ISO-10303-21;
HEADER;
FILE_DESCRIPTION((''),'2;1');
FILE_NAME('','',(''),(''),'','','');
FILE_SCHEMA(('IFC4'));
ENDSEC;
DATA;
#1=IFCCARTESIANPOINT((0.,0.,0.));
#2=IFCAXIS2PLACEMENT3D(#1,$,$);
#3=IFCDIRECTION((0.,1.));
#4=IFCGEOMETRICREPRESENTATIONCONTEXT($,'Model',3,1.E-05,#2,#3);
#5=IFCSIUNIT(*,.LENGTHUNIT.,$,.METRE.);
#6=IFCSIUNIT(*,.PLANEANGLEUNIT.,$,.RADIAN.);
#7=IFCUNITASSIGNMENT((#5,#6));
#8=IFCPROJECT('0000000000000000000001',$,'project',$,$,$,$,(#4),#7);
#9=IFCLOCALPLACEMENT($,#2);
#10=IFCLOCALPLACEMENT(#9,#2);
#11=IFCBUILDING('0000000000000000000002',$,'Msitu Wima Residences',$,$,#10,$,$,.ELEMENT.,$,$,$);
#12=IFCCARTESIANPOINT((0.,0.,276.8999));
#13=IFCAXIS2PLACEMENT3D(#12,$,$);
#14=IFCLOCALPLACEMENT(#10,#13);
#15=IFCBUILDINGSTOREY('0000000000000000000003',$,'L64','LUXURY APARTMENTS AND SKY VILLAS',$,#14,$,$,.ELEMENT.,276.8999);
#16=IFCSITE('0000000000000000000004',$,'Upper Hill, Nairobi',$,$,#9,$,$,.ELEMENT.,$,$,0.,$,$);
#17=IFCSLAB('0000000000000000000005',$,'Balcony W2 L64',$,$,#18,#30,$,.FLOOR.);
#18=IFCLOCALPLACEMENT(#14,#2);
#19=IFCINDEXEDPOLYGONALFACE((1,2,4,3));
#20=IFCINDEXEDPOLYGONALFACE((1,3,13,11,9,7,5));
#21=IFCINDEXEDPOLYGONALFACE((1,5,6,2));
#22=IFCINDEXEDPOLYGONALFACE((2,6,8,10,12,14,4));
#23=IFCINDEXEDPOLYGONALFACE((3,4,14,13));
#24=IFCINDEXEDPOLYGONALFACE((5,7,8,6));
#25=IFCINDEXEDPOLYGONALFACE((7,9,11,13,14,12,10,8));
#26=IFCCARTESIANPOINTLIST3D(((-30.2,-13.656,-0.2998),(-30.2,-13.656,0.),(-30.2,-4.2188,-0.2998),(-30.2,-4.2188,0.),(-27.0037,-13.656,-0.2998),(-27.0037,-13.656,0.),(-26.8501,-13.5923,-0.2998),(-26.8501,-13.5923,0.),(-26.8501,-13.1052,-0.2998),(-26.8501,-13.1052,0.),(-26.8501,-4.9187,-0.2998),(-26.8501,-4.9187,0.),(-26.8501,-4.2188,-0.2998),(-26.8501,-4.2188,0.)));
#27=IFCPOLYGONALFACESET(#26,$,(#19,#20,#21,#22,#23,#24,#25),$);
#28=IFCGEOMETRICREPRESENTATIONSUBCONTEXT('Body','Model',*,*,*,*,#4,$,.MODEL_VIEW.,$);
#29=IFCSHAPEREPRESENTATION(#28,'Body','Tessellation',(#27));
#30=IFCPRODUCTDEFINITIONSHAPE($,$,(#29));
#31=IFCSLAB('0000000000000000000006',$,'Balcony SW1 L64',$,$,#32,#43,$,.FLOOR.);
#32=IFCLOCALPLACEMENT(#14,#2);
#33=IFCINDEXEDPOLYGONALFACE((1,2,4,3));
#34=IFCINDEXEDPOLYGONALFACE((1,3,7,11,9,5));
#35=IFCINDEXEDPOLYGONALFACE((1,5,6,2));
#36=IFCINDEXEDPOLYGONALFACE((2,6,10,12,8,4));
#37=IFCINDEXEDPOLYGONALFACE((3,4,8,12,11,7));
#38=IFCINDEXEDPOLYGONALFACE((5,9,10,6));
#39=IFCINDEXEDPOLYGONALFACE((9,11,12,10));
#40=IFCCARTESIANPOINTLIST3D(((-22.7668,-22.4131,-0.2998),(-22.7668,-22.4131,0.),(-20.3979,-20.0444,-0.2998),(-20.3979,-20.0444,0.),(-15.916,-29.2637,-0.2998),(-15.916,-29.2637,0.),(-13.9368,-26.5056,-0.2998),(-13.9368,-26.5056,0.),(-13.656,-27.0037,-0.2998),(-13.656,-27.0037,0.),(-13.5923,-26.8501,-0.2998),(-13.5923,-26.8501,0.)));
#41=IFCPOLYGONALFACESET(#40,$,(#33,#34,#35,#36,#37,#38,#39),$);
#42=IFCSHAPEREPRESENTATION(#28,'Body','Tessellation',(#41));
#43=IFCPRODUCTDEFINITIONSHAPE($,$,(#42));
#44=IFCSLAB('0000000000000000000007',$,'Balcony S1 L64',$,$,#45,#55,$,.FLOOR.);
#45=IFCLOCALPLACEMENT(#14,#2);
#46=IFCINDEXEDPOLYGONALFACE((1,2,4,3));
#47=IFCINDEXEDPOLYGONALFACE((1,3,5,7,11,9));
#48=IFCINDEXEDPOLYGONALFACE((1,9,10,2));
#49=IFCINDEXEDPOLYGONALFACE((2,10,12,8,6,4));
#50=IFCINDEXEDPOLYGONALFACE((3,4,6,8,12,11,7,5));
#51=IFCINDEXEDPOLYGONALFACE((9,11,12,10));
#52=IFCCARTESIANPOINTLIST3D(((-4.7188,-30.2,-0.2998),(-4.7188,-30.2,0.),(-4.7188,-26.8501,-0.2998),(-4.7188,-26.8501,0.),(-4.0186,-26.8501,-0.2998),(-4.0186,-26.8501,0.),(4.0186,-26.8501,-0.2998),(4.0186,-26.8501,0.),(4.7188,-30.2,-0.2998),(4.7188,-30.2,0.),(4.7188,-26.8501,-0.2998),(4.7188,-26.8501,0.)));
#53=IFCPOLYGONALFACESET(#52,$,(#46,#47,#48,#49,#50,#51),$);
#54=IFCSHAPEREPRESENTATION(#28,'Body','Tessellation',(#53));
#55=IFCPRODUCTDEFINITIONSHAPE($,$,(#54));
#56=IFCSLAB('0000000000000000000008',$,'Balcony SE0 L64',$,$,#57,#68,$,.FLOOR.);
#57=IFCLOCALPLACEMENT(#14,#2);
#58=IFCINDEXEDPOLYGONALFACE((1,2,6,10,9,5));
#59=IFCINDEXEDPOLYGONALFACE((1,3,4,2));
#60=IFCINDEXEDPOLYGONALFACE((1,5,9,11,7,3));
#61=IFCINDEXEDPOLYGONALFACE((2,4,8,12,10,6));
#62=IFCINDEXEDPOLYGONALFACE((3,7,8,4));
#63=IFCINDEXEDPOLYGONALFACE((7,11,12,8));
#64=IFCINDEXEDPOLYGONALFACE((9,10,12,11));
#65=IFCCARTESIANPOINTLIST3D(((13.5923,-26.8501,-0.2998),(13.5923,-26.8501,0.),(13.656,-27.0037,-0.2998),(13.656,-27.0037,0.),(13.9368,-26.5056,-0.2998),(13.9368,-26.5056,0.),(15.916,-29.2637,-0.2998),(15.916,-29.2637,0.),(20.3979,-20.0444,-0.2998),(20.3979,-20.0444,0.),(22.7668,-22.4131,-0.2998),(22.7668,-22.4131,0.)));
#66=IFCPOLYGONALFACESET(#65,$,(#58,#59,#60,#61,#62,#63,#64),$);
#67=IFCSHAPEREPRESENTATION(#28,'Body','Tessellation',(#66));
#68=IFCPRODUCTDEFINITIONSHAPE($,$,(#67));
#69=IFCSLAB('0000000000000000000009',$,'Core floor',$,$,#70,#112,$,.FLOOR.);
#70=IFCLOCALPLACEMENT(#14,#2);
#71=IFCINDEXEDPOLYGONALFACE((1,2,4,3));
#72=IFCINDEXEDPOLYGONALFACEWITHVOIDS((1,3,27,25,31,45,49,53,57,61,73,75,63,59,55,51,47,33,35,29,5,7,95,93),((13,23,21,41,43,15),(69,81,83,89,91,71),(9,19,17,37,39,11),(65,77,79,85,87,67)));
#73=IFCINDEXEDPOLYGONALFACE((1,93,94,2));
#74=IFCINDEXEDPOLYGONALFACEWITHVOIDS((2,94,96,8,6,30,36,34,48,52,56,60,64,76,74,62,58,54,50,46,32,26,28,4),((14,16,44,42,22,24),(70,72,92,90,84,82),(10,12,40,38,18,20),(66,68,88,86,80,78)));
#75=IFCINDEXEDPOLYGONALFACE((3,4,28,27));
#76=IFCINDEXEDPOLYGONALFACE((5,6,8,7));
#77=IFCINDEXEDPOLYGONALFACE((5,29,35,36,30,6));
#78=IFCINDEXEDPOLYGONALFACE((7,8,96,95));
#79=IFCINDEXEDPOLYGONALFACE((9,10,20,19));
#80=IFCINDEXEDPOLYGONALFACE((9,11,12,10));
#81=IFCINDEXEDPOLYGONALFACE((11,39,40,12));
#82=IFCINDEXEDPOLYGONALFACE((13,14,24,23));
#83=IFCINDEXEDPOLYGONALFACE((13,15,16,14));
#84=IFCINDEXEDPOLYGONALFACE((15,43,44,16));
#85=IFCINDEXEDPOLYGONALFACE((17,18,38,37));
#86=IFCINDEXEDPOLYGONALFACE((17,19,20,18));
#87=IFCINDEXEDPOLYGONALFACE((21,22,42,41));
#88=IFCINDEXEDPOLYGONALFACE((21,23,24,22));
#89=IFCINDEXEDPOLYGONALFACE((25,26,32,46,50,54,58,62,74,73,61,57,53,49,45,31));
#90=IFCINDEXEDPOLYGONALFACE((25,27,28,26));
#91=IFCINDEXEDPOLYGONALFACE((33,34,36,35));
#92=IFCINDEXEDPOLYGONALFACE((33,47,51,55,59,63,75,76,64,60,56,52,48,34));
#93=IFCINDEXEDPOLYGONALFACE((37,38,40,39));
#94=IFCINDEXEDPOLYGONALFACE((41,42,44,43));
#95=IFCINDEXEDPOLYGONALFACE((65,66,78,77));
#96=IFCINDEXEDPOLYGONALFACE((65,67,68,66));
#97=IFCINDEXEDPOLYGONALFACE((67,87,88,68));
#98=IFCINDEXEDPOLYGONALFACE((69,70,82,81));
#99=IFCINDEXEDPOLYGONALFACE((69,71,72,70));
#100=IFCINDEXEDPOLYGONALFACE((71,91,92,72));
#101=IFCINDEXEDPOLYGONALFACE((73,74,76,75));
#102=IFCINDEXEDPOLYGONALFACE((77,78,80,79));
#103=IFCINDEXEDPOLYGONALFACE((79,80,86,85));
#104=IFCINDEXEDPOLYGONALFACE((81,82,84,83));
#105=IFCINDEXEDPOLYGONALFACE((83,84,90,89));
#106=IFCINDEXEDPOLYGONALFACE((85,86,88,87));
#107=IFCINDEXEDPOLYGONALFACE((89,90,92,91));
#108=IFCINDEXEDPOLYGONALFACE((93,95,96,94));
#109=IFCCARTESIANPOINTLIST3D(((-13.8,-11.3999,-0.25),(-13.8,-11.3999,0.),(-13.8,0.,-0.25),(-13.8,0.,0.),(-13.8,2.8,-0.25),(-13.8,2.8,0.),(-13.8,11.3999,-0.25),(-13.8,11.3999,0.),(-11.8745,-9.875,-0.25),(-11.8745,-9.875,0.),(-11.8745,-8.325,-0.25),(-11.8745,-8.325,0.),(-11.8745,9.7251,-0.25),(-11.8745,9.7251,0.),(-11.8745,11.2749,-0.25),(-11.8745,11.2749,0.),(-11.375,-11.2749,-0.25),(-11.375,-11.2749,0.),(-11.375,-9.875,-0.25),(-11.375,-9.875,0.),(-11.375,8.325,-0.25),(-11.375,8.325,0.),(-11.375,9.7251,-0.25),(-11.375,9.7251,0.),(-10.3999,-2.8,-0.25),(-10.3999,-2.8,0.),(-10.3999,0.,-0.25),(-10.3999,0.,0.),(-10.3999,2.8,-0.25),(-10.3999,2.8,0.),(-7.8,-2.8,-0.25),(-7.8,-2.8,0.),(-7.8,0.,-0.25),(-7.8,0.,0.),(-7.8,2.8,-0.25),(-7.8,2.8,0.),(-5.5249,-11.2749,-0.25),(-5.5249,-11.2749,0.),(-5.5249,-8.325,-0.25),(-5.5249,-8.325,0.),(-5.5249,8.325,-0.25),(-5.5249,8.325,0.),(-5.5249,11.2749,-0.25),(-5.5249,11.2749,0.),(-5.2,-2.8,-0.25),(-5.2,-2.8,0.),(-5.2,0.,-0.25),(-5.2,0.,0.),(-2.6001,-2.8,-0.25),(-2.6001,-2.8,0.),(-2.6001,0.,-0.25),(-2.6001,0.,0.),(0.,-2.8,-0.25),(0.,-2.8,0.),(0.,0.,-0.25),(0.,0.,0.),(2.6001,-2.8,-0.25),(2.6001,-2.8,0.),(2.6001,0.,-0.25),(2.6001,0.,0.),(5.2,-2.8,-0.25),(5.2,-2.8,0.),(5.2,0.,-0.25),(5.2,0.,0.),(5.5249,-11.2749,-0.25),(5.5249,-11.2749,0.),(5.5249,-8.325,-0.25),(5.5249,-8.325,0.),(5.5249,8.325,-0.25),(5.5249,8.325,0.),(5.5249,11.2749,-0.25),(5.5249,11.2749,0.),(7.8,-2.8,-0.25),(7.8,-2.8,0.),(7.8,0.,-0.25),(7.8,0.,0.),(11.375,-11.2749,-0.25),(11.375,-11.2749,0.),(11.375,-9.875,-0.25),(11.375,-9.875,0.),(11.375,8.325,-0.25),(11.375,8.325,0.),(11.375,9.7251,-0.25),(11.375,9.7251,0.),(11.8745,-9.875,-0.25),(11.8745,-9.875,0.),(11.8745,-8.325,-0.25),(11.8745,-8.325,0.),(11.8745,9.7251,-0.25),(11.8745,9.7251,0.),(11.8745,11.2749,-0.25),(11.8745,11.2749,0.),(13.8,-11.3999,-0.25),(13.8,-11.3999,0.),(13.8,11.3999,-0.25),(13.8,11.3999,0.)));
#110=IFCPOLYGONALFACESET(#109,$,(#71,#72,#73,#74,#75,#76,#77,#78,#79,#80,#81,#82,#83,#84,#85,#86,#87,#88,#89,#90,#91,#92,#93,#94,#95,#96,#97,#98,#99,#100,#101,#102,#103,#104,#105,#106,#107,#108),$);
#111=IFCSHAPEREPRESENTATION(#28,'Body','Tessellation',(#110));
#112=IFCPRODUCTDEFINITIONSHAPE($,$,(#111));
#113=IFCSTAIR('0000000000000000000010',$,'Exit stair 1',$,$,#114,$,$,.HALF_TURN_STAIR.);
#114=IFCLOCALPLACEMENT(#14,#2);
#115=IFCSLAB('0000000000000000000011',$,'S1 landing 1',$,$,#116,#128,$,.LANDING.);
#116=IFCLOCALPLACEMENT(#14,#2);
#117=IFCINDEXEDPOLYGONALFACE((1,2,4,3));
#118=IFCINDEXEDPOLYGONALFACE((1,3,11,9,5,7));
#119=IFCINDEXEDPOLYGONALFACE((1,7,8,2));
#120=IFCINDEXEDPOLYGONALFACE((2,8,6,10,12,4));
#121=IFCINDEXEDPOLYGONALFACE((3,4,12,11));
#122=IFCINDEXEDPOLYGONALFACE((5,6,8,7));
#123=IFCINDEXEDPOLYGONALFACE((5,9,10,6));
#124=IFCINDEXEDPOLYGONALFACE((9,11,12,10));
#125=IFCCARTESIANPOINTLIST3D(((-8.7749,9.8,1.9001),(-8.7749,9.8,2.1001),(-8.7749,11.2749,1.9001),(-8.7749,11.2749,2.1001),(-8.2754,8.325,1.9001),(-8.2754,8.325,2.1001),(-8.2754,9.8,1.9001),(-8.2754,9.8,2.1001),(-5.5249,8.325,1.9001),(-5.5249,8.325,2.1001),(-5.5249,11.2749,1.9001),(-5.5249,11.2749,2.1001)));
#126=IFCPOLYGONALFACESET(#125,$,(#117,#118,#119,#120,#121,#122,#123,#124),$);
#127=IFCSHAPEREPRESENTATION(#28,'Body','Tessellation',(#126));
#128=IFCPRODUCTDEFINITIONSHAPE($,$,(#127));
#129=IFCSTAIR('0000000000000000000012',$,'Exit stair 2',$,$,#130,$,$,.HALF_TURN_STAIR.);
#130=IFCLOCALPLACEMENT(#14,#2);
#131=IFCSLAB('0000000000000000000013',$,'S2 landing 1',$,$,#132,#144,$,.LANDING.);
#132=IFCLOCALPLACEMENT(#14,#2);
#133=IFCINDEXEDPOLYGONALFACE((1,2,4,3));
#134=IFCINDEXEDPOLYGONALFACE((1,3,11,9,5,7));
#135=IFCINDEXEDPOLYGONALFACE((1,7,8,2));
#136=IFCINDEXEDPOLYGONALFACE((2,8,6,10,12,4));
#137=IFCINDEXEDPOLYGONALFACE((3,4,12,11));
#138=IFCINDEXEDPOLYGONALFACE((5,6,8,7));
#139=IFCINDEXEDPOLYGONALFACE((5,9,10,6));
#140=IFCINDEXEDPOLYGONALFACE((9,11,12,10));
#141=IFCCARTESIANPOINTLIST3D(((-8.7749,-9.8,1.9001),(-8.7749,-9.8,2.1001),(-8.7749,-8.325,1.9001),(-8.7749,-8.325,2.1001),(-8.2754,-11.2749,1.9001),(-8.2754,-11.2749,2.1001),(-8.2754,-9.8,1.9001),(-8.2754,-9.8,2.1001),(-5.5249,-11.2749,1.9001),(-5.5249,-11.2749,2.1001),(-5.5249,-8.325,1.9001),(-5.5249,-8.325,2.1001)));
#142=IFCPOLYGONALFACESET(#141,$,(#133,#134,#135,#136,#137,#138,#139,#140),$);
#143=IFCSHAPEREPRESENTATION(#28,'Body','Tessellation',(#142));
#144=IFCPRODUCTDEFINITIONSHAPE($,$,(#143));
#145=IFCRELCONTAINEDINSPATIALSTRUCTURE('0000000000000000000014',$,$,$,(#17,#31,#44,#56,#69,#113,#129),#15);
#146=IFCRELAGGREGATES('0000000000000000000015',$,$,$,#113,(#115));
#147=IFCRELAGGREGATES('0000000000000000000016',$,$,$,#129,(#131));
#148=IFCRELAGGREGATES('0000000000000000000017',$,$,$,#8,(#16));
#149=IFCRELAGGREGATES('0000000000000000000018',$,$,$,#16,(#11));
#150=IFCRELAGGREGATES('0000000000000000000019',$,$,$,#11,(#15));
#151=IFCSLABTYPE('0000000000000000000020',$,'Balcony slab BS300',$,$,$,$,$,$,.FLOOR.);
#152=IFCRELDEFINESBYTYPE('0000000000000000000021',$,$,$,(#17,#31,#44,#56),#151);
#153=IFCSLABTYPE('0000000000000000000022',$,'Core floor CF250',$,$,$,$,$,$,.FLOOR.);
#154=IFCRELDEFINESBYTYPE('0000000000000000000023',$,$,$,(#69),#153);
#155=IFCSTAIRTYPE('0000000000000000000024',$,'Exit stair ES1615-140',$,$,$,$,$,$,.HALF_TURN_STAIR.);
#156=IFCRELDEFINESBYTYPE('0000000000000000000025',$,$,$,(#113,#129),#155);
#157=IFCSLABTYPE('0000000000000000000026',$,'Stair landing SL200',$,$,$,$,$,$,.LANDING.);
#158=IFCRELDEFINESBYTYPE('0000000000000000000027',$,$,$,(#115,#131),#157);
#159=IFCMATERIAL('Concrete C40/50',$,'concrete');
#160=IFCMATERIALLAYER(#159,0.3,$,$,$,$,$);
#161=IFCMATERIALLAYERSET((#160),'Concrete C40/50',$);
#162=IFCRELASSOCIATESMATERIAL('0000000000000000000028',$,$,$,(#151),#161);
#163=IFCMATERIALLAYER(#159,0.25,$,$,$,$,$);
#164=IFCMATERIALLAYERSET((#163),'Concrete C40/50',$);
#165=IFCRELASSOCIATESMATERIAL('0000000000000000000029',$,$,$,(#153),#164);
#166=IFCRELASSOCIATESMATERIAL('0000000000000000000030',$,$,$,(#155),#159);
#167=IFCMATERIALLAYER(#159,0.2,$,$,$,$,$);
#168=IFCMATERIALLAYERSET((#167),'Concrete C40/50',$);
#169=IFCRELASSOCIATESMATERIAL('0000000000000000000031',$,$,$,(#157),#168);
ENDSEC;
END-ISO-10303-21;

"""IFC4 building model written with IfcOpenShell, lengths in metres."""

from ifc_helpers import new_model, si_unit, direction, frame, origin, place, context, subcontext, project, spatial, polyline, outline, extrude, material, layer, layer_set, type_object, element, aggregate, save


model = new_model("IFC4")

# Units and contexts
model_context = context("Model", 3, precision=1e-05, world=origin(), true_north=direction((0.0, 1.0)))
body_context = subcontext(model_context, "Body", "Model", "MODEL_VIEW")
ifc_project = project(units=[si_unit("LENGTHUNIT", "METRE"), si_unit("PLANEANGLEUNIT", "RADIAN")], contexts=[model_context])

# Site, building, storey
site_placement = place(None, origin())
site = spatial("IfcSite", under=ifc_project, at=site_placement, Name="Upper Hill, Nairobi", CompositionType="ELEMENT", RefElevation=0.0)
building_placement = place(site_placement, origin())
building = spatial("IfcBuilding", under=site, at=building_placement, Name="Msitu Wima Residences", CompositionType="ELEMENT")
storey_placement = place(building_placement, frame((0.0, 0.0, 276.8999)))
storey = spatial("IfcBuildingStorey", under=building, at=storey_placement, Name="L64", Description="LUXURY APARTMENTS AND SKY VILLAS", CompositionType="ELEMENT", Elevation=276.8999)

# Slabs
ifc_material_1 = material(Name="Concrete C40/50", Category="concrete")
ifc_layer_1 = layer(ifc_material_1, 0.3)
ifc_layer_set_1 = layer_set([ifc_layer_1], Name="Concrete C40/50")
slab_type_1 = type_object("IfcSlabType", Name="Balcony slab BS300", PredefinedType="FLOOR", material=ifc_layer_set_1)
slab_1_placement = place(storey_placement, frame((0.0, 0.0, -0.2998)))
element("IfcSlab", 1, at=slab_1_placement, inside=storey, type_object=slab_type_1, Name="Balcony W2 L64", PredefinedType="FLOOR", context=body_context, shape_type="SweptSolid", body=[
    extrude(outline(polyline([(-26.8501, -13.1052), (-26.8501, -13.1052), (-26.8501, -13.1052), (-26.8501, -13.5923), (-27.0037, -13.656), (-30.2, -13.656), (-30.2, -4.2188), (-26.8501, -4.2188), (-26.8501, -4.9187), (-26.8501, -13.1052)])), origin(), (0.0, 0.0, 1.0), 0.2998),
])
slab_2_placement = place(storey_placement, frame((0.0, 0.0, -0.2998)))
element("IfcSlab", 2, at=slab_2_placement, inside=storey, type_object=slab_type_1, Name="Balcony SW1 L64", PredefinedType="FLOOR", context=body_context, shape_type="SweptSolid", body=[
    extrude(outline(polyline([(-13.9368, -26.5056), (-13.9368, -26.5056), (-13.5923, -26.8501), (-13.656, -27.0037), (-15.916, -29.2637), (-22.7668, -22.4131), (-20.3979, -20.0444), (-13.9368, -26.5056), (-13.9368, -26.5056)])), origin(), (0.0, 0.0, 1.0), 0.2998),
])
slab_3_placement = place(storey_placement, frame((0.0, 0.0, -0.2998)))
element("IfcSlab", 3, at=slab_3_placement, inside=storey, type_object=slab_type_1, Name="Balcony S1 L64", PredefinedType="FLOOR", context=body_context, shape_type="SweptSolid", body=[
    extrude(outline(polyline([(-4.0186, -26.8501), (4.0186, -26.8501), (4.7188, -26.8501), (4.7188, -30.2), (-4.7188, -30.2), (-4.7188, -26.8501), (-4.0186, -26.8501)])), origin(), (0.0, 0.0, 1.0), 0.2998),
])
slab_4_placement = place(storey_placement, frame((0.0, 0.0, -0.2998)))
element("IfcSlab", 4, at=slab_4_placement, inside=storey, type_object=slab_type_1, Name="Balcony SE0 L64", PredefinedType="FLOOR", context=body_context, shape_type="SweptSolid", body=[
    extrude(outline(polyline([(13.9368, -26.5056), (13.9368, -26.5056), (20.3979, -20.0444), (22.7668, -22.4131), (15.916, -29.2637), (13.656, -27.0037), (13.5923, -26.8501), (13.9368, -26.5056), (13.9368, -26.5056)])), origin(), (0.0, 0.0, 1.0), 0.2998),
])
ifc_layer_2 = layer(ifc_material_1, 0.25)
ifc_layer_set_2 = layer_set([ifc_layer_2], Name="Concrete C40/50")
slab_type_2 = type_object("IfcSlabType", Name="Core floor CF250", PredefinedType="FLOOR", material=ifc_layer_set_2)
slab_5_placement = place(storey_placement, frame((0.0, 0.0, -0.25)))
element("IfcSlab", 5, at=slab_5_placement, inside=storey, type_object=slab_type_2, Name="Core floor", PredefinedType="FLOOR", context=body_context, shape_type="SweptSolid", body=[
    extrude(outline(polyline([(-13.8, 11.3999), (-13.8, 2.8), (-10.3999, 2.8), (-7.8, 2.8), (-7.8, 0.0), (-5.2, 0.0), (-2.6001, 0.0), (0.0, 0.0), (2.6001, 0.0), (5.2, 0.0), (7.8, 0.0), (7.8, -2.8), (5.2, -2.8), (2.6001, -2.8), (0.0, -2.8), (-2.6001, -2.8), (-5.2, -2.8), (-7.8, -2.8), (-10.3999, -2.8), (-10.3999, 0.0), (-13.8, 0.0), (-13.8, -11.3999), (13.8, -11.3999), (13.8, 11.3999), (-13.8, 11.3999)]), holes=[polyline([(-11.375, -11.2749), (-11.375, -9.875), (-11.8745, -9.875), (-11.8745, -8.325), (-5.5249, -8.325), (-5.5249, -11.2749), (-11.375, -11.2749)]), polyline([(-11.375, 8.325), (-11.375, 9.7251), (-11.8745, 9.7251), (-11.8745, 11.2749), (-5.5249, 11.2749), (-5.5249, 8.325), (-11.375, 8.325)]), polyline([(11.375, -9.875), (11.375, -11.2749), (5.5249, -11.2749), (5.5249, -8.325), (11.8745, -8.325), (11.8745, -9.875), (11.375, -9.875)]), polyline([(11.375, 9.7251), (11.375, 8.325), (5.5249, 8.325), (5.5249, 11.2749), (11.8745, 11.2749), (11.8745, 9.7251), (11.375, 9.7251)])]), origin(), (0.0, 0.0, 1.0), 0.25),
])

# Stairs, slabs
stair_type = type_object("IfcStairType", Name="Exit stair ES1615-140", PredefinedType="HALF_TURN_STAIR", material=ifc_material_1)
stair_1_placement = place(storey_placement, origin())
stair_1 = element("IfcStair", 6, at=stair_1_placement, inside=storey, type_object=stair_type, Name="Exit stair 1", PredefinedType="HALF_TURN_STAIR")
ifc_layer_3 = layer(ifc_material_1, 0.2)
ifc_layer_set_3 = layer_set([ifc_layer_3], Name="Concrete C40/50")
slab_type_3 = type_object("IfcSlabType", Name="Stair landing SL200", PredefinedType="LANDING", material=ifc_layer_set_3)
slab_6_placement = place(storey_placement, frame((0.0, 0.0, 1.9001)))
slab_6 = element("IfcSlab", 7, at=slab_6_placement, type_object=slab_type_3, Name="S1 landing 1", PredefinedType="LANDING", context=body_context, shape_type="SweptSolid", body=[
    extrude(outline(polyline([(-5.5249, 8.325), (-8.2754, 8.325), (-8.2754, 9.8), (-8.7749, 9.8), (-8.7749, 11.2749), (-5.5249, 11.2749), (-5.5249, 8.325)])), origin(), (0.0, 0.0, 1.0), 0.2),
])
aggregate(stair_1, [slab_6])
stair_2_placement = place(storey_placement, origin())
stair_2 = element("IfcStair", 8, at=stair_2_placement, inside=storey, type_object=stair_type, Name="Exit stair 2", PredefinedType="HALF_TURN_STAIR")
slab_7_placement = place(storey_placement, frame((0.0, 0.0, 1.9001)))
slab_7 = element("IfcSlab", 9, at=slab_7_placement, type_object=slab_type_3, Name="S2 landing 1", PredefinedType="LANDING", context=body_context, shape_type="SweptSolid", body=[
    extrude(outline(polyline([(-5.5249, -11.2749), (-8.2754, -11.2749), (-8.2754, -9.8), (-8.7749, -9.8), (-8.7749, -8.325), (-5.5249, -8.325), (-5.5249, -11.2749)])), origin(), (0.0, 0.0, 1.0), 0.2),
])
aggregate(stair_2, [slab_7])

save(model, "model.ifc")
